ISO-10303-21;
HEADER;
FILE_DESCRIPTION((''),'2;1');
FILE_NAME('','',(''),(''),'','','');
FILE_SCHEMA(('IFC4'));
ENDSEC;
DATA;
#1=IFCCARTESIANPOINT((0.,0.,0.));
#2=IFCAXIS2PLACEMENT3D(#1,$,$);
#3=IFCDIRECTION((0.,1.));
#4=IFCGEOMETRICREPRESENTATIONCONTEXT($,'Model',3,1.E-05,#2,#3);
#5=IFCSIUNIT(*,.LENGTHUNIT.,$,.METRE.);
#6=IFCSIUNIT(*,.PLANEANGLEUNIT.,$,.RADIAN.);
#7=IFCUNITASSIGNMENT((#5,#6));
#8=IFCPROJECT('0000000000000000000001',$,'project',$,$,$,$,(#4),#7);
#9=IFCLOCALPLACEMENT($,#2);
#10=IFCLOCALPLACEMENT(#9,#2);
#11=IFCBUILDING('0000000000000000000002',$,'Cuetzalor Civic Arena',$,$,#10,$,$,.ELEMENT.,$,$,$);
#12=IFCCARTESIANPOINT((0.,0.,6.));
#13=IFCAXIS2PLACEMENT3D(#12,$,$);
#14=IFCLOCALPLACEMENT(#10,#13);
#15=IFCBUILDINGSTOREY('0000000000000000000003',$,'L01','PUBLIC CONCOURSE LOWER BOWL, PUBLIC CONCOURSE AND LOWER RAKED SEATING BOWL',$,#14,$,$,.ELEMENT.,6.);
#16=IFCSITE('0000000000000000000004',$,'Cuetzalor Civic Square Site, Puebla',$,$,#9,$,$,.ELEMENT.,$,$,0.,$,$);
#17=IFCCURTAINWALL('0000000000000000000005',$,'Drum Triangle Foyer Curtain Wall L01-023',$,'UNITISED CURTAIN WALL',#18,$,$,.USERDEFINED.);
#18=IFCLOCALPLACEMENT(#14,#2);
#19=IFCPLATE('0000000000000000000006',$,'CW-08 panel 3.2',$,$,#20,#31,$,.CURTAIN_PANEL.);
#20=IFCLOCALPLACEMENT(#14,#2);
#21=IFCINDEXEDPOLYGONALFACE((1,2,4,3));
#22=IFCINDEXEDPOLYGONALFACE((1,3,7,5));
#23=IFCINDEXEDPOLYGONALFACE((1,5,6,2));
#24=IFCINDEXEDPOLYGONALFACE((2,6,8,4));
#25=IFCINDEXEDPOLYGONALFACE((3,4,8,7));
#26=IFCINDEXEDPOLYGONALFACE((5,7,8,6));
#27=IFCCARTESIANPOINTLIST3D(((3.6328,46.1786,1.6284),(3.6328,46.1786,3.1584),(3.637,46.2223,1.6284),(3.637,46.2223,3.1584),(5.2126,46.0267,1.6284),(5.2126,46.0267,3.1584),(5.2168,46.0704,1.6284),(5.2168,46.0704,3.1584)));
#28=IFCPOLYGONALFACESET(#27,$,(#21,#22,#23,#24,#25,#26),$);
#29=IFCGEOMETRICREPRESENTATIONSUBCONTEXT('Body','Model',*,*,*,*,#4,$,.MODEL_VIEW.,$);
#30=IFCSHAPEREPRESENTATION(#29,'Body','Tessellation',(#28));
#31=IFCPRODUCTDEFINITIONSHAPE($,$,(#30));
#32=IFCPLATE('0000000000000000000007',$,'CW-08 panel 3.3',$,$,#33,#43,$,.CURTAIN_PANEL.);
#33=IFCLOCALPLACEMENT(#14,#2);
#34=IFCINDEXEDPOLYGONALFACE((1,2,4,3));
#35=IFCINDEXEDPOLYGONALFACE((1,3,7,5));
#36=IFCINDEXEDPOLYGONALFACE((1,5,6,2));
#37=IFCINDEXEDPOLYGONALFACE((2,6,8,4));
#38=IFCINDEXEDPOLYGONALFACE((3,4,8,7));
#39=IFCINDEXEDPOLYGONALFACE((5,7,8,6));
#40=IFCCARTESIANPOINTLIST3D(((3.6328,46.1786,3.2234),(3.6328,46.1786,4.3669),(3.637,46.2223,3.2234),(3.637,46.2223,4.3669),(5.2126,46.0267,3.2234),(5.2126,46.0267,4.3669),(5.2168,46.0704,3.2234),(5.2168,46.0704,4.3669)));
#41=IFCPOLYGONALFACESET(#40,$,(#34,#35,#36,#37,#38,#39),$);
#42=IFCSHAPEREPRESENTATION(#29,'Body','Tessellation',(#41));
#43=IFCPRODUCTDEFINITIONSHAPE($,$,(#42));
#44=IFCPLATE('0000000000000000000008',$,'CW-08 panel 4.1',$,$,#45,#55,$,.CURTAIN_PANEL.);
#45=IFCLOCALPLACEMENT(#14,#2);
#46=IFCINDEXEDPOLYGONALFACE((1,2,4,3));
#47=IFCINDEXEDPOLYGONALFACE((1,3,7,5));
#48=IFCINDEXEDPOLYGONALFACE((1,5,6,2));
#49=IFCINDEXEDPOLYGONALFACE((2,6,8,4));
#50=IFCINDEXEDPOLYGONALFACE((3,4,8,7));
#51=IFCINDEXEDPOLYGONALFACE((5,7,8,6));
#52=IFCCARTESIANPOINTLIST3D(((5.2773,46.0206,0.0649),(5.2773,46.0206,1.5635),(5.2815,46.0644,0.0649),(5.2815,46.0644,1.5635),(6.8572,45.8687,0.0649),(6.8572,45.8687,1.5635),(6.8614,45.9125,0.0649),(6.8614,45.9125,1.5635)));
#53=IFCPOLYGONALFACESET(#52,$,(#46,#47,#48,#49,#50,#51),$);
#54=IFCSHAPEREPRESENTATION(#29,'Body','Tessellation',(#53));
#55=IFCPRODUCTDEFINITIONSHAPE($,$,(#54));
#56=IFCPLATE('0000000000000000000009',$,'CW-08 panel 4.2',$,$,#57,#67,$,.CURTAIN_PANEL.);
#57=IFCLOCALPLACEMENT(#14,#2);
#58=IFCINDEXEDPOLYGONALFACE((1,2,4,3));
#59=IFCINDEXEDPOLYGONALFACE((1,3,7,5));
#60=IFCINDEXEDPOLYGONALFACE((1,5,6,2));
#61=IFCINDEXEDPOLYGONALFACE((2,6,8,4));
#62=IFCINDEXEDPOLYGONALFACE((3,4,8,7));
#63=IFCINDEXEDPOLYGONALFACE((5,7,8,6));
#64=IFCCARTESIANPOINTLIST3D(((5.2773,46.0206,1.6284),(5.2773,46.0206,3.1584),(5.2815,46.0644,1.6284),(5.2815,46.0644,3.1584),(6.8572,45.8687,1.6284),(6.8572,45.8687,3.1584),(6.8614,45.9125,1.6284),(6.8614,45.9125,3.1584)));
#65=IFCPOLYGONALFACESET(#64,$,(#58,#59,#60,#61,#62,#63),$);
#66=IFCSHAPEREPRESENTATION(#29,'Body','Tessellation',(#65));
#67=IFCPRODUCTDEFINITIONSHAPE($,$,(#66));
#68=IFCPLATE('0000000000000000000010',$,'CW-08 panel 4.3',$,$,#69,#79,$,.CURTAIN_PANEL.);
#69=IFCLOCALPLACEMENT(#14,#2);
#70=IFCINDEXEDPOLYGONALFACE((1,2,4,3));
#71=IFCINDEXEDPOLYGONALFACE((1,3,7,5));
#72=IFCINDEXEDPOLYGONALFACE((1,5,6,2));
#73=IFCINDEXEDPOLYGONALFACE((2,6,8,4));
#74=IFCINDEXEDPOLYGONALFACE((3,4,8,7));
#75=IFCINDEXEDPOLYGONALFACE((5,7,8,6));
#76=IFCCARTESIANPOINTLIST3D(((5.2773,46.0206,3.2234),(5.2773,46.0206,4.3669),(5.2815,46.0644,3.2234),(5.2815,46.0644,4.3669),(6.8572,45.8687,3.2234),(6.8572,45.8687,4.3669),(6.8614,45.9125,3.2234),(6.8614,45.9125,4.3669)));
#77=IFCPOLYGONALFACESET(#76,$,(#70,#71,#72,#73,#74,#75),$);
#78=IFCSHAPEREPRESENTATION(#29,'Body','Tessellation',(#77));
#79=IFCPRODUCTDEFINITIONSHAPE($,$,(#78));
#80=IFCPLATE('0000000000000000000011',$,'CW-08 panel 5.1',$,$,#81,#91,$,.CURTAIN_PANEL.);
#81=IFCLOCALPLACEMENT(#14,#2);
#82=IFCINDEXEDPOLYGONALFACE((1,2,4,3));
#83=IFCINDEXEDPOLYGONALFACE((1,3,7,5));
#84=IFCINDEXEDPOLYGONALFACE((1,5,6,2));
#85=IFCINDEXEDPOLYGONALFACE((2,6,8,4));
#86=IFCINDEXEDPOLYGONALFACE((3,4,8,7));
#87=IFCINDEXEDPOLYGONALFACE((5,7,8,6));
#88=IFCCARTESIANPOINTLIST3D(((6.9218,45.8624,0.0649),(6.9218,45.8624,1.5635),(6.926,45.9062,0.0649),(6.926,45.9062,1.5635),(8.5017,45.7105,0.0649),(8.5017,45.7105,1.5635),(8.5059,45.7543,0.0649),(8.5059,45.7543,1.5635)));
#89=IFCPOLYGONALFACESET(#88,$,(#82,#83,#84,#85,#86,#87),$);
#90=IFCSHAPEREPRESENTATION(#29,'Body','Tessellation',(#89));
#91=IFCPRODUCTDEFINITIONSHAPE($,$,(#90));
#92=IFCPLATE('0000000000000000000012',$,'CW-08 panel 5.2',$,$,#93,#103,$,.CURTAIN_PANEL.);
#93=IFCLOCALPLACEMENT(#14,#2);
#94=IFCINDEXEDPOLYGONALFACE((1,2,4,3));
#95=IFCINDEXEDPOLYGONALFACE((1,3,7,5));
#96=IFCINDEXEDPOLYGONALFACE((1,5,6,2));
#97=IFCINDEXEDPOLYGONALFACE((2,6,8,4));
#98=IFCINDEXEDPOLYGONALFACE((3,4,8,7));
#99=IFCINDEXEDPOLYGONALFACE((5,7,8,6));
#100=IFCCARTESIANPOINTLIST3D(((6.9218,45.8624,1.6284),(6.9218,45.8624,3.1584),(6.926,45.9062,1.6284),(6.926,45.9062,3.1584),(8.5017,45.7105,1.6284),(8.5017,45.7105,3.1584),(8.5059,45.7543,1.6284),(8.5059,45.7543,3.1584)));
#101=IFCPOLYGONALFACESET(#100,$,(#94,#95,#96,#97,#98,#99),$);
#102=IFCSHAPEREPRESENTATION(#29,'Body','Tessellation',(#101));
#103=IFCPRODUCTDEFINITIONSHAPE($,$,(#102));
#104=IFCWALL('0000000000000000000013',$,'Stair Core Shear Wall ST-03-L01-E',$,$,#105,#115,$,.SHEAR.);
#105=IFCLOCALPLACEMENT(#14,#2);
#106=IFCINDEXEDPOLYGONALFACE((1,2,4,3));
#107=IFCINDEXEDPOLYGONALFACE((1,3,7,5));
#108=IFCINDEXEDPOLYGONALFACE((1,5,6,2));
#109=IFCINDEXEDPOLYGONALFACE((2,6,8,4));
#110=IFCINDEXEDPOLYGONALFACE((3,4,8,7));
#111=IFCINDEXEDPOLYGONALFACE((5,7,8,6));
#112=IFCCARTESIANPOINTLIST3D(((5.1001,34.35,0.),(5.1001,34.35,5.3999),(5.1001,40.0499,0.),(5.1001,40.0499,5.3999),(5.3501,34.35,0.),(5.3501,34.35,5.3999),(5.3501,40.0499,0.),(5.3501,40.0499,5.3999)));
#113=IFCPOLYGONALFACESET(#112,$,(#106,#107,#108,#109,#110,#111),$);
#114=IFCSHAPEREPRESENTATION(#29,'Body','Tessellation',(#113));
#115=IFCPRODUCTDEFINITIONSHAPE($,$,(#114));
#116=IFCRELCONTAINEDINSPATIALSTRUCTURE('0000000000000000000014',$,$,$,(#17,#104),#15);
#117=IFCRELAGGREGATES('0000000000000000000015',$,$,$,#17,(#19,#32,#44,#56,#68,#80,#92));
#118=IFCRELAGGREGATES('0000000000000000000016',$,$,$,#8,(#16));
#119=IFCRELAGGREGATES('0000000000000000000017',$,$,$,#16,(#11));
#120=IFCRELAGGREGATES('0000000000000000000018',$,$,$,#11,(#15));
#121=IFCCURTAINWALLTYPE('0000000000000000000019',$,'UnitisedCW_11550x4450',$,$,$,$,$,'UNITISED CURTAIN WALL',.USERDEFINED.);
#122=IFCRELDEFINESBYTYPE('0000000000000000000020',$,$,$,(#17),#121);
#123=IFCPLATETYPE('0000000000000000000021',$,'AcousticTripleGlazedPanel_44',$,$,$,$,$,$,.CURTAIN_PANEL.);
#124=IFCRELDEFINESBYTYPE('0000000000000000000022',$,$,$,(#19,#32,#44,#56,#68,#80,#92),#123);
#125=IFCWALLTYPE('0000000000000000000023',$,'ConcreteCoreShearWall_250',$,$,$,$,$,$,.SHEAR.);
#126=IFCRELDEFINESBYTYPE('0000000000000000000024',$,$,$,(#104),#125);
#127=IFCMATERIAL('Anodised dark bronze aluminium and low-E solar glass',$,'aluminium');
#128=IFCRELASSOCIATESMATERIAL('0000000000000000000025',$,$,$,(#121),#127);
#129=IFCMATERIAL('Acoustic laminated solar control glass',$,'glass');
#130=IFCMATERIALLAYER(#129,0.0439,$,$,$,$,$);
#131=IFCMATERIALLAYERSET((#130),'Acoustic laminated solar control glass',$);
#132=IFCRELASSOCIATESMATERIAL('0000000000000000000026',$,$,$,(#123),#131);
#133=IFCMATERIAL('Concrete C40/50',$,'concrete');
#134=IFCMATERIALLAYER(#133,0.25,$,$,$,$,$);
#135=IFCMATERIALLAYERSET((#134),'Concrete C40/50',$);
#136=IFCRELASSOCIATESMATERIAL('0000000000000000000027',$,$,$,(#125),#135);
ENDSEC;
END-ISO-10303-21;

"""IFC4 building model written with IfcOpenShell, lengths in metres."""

from ifc_helpers import new_model, si_unit, direction, frame, frame_2d, origin, origin_2d, place, context, subcontext, project, spatial, rectangle, extrude, material, layer, layer_set, type_object, element, aggregate, save


model = new_model("IFC4")

# Units and contexts
model_context = context("Model", 3, precision=1e-05, world=origin(), true_north=direction((0.0, 1.0)))
body_context = subcontext(model_context, "Body", "Model", "MODEL_VIEW")
ifc_project = project(units=[si_unit("LENGTHUNIT", "METRE"), si_unit("PLANEANGLEUNIT", "RADIAN")], contexts=[model_context])

# Site, building, storey
site_placement = place(None, origin())
site = spatial("IfcSite", under=ifc_project, at=site_placement, Name="Cuetzalor Civic Square Site, Puebla", CompositionType="ELEMENT", RefElevation=0.0)
building_placement = place(site_placement, origin())
building = spatial("IfcBuilding", under=site, at=building_placement, Name="Cuetzalor Civic Arena", CompositionType="ELEMENT")
storey_placement = place(building_placement, frame((0.0, 0.0, 6.0)))
storey = spatial("IfcBuildingStorey", under=building, at=storey_placement, Name="L01", Description="PUBLIC CONCOURSE LOWER BOWL, PUBLIC CONCOURSE AND LOWER RAKED SEATING BOWL", CompositionType="ELEMENT", Elevation=6.0)

# Curtain wall
ifc_material_1 = material(Name="Anodised dark bronze aluminium and low-E solar glass", Category="aluminium")
curtain_wall_type = type_object("IfcCurtainWallType", Name="UnitisedCW_11550x4450", ElementType="UNITISED CURTAIN WALL", PredefinedType="USERDEFINED", material=ifc_material_1)
curtain_wall_placement = place(storey_placement, origin())
curtain_wall = element("IfcCurtainWall", 1, at=curtain_wall_placement, inside=storey, type_object=curtain_wall_type, Name="Drum Triangle Foyer Curtain Wall L01-023", ObjectType="UNITISED CURTAIN WALL", PredefinedType="USERDEFINED")

# Plates
ifc_material_2 = material(Name="Acoustic laminated solar control glass", Category="glass")
ifc_layer_1 = layer(ifc_material_2, 0.0439)
ifc_layer_set_1 = layer_set([ifc_layer_1], Name="Acoustic laminated solar control glass")
plate_type = type_object("IfcPlateType", Name="AcousticTripleGlazedPanel_44", PredefinedType="CURTAIN_PANEL", material=ifc_layer_set_1)
plate_1_placement = place(storey_placement, frame((4.4248, 46.1245, 1.6284), z_axis=(0.0, 0.0, 1.0), x_axis=(0.995409, -0.095711, 0.0)))
plate_1 = element("IfcPlate", 2, at=plate_1_placement, type_object=plate_type, Name="CW-08 panel 3.2", PredefinedType="CURTAIN_PANEL", context=body_context, shape_type="SweptSolid", body=[
    extrude(rectangle(XDim=1.5872, YDim=0.0439, at=origin_2d()), origin(), (0.0, 0.0, 1.0), 1.53),
])
plate_2_placement = place(storey_placement, frame((4.4248, 46.1245, 3.2234), z_axis=(0.0, 0.0, 1.0), x_axis=(0.995409, -0.095711, 0.0)))
plate_2 = element("IfcPlate", 3, at=plate_2_placement, type_object=plate_type, Name="CW-08 panel 3.3", PredefinedType="CURTAIN_PANEL", context=body_context, shape_type="SweptSolid", body=[
    extrude(rectangle(XDim=1.5872, YDim=0.0439, at=origin_2d()), origin(), (0.0, 0.0, 1.0), 1.1436),
])
plate_3_placement = place(storey_placement, frame((6.0693, 45.9666, 0.0649), z_axis=(0.0, 0.0, 1.0), x_axis=(0.995409, -0.095711, 0.0)))
plate_3 = element("IfcPlate", 4, at=plate_3_placement, type_object=plate_type, Name="CW-08 panel 4.1", PredefinedType="CURTAIN_PANEL", context=body_context, shape_type="SweptSolid", body=[
    extrude(rectangle(XDim=1.5872, YDim=0.0439, at=origin_2d()), origin(), (0.0, 0.0, 1.0), 1.4985),
])
plate_4_placement = place(storey_placement, frame((6.0693, 45.9666, 1.6284), z_axis=(0.0, 0.0, 1.0), x_axis=(0.995409, -0.095711, 0.0)))
plate_4 = element("IfcPlate", 5, at=plate_4_placement, type_object=plate_type, Name="CW-08 panel 4.2", PredefinedType="CURTAIN_PANEL", context=body_context, shape_type="SweptSolid", body=[
    extrude(rectangle(XDim=1.5872, YDim=0.0439, at=origin_2d()), origin(), (0.0, 0.0, 1.0), 1.53),
])
plate_5_placement = place(storey_placement, frame((6.0693, 45.9666, 3.2234), z_axis=(0.0, 0.0, 1.0), x_axis=(0.995409, -0.095711, 0.0)))
plate_5 = element("IfcPlate", 6, at=plate_5_placement, type_object=plate_type, Name="CW-08 panel 4.3", PredefinedType="CURTAIN_PANEL", context=body_context, shape_type="SweptSolid", body=[
    extrude(rectangle(XDim=1.5872, YDim=0.0439, at=origin_2d()), origin(), (0.0, 0.0, 1.0), 1.1436),
])
plate_6_placement = place(storey_placement, frame((7.7139, 45.8083, 0.0649), z_axis=(0.0, 0.0, 1.0), x_axis=(0.995409, -0.095711, 0.0)))
plate_6 = element("IfcPlate", 7, at=plate_6_placement, type_object=plate_type, Name="CW-08 panel 5.1", PredefinedType="CURTAIN_PANEL", context=body_context, shape_type="SweptSolid", body=[
    extrude(rectangle(XDim=1.5872, YDim=0.0439, at=origin_2d()), origin(), (0.0, 0.0, 1.0), 1.4985),
])
plate_7_placement = place(storey_placement, frame((7.7139, 45.8083, 1.6284), z_axis=(0.0, 0.0, 1.0), x_axis=(0.995409, -0.095711, 0.0)))
plate_7 = element("IfcPlate", 8, at=plate_7_placement, type_object=plate_type, Name="CW-08 panel 5.2", PredefinedType="CURTAIN_PANEL", context=body_context, shape_type="SweptSolid", body=[
    extrude(rectangle(XDim=1.5872, YDim=0.0439, at=origin_2d()), origin(), (0.0, 0.0, 1.0), 1.53),
])
aggregate(curtain_wall, [plate_1, plate_2, plate_3, plate_4, plate_5, plate_6, plate_7])

# Wall
ifc_material_3 = material(Name="Concrete C40/50", Category="concrete")
ifc_layer_2 = layer(ifc_material_3, 0.25)
ifc_layer_set_2 = layer_set([ifc_layer_2], Name="Concrete C40/50")
wall_type = type_object("IfcWallType", Name="ConcreteCoreShearWall_250", PredefinedType="SHEAR", material=ifc_layer_set_2)
wall_placement = place(storey_placement, frame((5.2251, 40.05, 0.0), z_axis=(0.0, 0.0, 1.0), x_axis=(0.0, -1.0, 0.0)))
element("IfcWall", 9, at=wall_placement, inside=storey, type_object=wall_type, Name="Stair Core Shear Wall ST-03-L01-E", PredefinedType="SHEAR", context=body_context, shape_type="SweptSolid", body=[
    extrude(rectangle(XDim=5.7, YDim=0.25, at=frame_2d((2.8501, 0.0))), origin(), (0.0, 0.0, 1.0), 5.3999),
])

save(model, "model.ifc")
